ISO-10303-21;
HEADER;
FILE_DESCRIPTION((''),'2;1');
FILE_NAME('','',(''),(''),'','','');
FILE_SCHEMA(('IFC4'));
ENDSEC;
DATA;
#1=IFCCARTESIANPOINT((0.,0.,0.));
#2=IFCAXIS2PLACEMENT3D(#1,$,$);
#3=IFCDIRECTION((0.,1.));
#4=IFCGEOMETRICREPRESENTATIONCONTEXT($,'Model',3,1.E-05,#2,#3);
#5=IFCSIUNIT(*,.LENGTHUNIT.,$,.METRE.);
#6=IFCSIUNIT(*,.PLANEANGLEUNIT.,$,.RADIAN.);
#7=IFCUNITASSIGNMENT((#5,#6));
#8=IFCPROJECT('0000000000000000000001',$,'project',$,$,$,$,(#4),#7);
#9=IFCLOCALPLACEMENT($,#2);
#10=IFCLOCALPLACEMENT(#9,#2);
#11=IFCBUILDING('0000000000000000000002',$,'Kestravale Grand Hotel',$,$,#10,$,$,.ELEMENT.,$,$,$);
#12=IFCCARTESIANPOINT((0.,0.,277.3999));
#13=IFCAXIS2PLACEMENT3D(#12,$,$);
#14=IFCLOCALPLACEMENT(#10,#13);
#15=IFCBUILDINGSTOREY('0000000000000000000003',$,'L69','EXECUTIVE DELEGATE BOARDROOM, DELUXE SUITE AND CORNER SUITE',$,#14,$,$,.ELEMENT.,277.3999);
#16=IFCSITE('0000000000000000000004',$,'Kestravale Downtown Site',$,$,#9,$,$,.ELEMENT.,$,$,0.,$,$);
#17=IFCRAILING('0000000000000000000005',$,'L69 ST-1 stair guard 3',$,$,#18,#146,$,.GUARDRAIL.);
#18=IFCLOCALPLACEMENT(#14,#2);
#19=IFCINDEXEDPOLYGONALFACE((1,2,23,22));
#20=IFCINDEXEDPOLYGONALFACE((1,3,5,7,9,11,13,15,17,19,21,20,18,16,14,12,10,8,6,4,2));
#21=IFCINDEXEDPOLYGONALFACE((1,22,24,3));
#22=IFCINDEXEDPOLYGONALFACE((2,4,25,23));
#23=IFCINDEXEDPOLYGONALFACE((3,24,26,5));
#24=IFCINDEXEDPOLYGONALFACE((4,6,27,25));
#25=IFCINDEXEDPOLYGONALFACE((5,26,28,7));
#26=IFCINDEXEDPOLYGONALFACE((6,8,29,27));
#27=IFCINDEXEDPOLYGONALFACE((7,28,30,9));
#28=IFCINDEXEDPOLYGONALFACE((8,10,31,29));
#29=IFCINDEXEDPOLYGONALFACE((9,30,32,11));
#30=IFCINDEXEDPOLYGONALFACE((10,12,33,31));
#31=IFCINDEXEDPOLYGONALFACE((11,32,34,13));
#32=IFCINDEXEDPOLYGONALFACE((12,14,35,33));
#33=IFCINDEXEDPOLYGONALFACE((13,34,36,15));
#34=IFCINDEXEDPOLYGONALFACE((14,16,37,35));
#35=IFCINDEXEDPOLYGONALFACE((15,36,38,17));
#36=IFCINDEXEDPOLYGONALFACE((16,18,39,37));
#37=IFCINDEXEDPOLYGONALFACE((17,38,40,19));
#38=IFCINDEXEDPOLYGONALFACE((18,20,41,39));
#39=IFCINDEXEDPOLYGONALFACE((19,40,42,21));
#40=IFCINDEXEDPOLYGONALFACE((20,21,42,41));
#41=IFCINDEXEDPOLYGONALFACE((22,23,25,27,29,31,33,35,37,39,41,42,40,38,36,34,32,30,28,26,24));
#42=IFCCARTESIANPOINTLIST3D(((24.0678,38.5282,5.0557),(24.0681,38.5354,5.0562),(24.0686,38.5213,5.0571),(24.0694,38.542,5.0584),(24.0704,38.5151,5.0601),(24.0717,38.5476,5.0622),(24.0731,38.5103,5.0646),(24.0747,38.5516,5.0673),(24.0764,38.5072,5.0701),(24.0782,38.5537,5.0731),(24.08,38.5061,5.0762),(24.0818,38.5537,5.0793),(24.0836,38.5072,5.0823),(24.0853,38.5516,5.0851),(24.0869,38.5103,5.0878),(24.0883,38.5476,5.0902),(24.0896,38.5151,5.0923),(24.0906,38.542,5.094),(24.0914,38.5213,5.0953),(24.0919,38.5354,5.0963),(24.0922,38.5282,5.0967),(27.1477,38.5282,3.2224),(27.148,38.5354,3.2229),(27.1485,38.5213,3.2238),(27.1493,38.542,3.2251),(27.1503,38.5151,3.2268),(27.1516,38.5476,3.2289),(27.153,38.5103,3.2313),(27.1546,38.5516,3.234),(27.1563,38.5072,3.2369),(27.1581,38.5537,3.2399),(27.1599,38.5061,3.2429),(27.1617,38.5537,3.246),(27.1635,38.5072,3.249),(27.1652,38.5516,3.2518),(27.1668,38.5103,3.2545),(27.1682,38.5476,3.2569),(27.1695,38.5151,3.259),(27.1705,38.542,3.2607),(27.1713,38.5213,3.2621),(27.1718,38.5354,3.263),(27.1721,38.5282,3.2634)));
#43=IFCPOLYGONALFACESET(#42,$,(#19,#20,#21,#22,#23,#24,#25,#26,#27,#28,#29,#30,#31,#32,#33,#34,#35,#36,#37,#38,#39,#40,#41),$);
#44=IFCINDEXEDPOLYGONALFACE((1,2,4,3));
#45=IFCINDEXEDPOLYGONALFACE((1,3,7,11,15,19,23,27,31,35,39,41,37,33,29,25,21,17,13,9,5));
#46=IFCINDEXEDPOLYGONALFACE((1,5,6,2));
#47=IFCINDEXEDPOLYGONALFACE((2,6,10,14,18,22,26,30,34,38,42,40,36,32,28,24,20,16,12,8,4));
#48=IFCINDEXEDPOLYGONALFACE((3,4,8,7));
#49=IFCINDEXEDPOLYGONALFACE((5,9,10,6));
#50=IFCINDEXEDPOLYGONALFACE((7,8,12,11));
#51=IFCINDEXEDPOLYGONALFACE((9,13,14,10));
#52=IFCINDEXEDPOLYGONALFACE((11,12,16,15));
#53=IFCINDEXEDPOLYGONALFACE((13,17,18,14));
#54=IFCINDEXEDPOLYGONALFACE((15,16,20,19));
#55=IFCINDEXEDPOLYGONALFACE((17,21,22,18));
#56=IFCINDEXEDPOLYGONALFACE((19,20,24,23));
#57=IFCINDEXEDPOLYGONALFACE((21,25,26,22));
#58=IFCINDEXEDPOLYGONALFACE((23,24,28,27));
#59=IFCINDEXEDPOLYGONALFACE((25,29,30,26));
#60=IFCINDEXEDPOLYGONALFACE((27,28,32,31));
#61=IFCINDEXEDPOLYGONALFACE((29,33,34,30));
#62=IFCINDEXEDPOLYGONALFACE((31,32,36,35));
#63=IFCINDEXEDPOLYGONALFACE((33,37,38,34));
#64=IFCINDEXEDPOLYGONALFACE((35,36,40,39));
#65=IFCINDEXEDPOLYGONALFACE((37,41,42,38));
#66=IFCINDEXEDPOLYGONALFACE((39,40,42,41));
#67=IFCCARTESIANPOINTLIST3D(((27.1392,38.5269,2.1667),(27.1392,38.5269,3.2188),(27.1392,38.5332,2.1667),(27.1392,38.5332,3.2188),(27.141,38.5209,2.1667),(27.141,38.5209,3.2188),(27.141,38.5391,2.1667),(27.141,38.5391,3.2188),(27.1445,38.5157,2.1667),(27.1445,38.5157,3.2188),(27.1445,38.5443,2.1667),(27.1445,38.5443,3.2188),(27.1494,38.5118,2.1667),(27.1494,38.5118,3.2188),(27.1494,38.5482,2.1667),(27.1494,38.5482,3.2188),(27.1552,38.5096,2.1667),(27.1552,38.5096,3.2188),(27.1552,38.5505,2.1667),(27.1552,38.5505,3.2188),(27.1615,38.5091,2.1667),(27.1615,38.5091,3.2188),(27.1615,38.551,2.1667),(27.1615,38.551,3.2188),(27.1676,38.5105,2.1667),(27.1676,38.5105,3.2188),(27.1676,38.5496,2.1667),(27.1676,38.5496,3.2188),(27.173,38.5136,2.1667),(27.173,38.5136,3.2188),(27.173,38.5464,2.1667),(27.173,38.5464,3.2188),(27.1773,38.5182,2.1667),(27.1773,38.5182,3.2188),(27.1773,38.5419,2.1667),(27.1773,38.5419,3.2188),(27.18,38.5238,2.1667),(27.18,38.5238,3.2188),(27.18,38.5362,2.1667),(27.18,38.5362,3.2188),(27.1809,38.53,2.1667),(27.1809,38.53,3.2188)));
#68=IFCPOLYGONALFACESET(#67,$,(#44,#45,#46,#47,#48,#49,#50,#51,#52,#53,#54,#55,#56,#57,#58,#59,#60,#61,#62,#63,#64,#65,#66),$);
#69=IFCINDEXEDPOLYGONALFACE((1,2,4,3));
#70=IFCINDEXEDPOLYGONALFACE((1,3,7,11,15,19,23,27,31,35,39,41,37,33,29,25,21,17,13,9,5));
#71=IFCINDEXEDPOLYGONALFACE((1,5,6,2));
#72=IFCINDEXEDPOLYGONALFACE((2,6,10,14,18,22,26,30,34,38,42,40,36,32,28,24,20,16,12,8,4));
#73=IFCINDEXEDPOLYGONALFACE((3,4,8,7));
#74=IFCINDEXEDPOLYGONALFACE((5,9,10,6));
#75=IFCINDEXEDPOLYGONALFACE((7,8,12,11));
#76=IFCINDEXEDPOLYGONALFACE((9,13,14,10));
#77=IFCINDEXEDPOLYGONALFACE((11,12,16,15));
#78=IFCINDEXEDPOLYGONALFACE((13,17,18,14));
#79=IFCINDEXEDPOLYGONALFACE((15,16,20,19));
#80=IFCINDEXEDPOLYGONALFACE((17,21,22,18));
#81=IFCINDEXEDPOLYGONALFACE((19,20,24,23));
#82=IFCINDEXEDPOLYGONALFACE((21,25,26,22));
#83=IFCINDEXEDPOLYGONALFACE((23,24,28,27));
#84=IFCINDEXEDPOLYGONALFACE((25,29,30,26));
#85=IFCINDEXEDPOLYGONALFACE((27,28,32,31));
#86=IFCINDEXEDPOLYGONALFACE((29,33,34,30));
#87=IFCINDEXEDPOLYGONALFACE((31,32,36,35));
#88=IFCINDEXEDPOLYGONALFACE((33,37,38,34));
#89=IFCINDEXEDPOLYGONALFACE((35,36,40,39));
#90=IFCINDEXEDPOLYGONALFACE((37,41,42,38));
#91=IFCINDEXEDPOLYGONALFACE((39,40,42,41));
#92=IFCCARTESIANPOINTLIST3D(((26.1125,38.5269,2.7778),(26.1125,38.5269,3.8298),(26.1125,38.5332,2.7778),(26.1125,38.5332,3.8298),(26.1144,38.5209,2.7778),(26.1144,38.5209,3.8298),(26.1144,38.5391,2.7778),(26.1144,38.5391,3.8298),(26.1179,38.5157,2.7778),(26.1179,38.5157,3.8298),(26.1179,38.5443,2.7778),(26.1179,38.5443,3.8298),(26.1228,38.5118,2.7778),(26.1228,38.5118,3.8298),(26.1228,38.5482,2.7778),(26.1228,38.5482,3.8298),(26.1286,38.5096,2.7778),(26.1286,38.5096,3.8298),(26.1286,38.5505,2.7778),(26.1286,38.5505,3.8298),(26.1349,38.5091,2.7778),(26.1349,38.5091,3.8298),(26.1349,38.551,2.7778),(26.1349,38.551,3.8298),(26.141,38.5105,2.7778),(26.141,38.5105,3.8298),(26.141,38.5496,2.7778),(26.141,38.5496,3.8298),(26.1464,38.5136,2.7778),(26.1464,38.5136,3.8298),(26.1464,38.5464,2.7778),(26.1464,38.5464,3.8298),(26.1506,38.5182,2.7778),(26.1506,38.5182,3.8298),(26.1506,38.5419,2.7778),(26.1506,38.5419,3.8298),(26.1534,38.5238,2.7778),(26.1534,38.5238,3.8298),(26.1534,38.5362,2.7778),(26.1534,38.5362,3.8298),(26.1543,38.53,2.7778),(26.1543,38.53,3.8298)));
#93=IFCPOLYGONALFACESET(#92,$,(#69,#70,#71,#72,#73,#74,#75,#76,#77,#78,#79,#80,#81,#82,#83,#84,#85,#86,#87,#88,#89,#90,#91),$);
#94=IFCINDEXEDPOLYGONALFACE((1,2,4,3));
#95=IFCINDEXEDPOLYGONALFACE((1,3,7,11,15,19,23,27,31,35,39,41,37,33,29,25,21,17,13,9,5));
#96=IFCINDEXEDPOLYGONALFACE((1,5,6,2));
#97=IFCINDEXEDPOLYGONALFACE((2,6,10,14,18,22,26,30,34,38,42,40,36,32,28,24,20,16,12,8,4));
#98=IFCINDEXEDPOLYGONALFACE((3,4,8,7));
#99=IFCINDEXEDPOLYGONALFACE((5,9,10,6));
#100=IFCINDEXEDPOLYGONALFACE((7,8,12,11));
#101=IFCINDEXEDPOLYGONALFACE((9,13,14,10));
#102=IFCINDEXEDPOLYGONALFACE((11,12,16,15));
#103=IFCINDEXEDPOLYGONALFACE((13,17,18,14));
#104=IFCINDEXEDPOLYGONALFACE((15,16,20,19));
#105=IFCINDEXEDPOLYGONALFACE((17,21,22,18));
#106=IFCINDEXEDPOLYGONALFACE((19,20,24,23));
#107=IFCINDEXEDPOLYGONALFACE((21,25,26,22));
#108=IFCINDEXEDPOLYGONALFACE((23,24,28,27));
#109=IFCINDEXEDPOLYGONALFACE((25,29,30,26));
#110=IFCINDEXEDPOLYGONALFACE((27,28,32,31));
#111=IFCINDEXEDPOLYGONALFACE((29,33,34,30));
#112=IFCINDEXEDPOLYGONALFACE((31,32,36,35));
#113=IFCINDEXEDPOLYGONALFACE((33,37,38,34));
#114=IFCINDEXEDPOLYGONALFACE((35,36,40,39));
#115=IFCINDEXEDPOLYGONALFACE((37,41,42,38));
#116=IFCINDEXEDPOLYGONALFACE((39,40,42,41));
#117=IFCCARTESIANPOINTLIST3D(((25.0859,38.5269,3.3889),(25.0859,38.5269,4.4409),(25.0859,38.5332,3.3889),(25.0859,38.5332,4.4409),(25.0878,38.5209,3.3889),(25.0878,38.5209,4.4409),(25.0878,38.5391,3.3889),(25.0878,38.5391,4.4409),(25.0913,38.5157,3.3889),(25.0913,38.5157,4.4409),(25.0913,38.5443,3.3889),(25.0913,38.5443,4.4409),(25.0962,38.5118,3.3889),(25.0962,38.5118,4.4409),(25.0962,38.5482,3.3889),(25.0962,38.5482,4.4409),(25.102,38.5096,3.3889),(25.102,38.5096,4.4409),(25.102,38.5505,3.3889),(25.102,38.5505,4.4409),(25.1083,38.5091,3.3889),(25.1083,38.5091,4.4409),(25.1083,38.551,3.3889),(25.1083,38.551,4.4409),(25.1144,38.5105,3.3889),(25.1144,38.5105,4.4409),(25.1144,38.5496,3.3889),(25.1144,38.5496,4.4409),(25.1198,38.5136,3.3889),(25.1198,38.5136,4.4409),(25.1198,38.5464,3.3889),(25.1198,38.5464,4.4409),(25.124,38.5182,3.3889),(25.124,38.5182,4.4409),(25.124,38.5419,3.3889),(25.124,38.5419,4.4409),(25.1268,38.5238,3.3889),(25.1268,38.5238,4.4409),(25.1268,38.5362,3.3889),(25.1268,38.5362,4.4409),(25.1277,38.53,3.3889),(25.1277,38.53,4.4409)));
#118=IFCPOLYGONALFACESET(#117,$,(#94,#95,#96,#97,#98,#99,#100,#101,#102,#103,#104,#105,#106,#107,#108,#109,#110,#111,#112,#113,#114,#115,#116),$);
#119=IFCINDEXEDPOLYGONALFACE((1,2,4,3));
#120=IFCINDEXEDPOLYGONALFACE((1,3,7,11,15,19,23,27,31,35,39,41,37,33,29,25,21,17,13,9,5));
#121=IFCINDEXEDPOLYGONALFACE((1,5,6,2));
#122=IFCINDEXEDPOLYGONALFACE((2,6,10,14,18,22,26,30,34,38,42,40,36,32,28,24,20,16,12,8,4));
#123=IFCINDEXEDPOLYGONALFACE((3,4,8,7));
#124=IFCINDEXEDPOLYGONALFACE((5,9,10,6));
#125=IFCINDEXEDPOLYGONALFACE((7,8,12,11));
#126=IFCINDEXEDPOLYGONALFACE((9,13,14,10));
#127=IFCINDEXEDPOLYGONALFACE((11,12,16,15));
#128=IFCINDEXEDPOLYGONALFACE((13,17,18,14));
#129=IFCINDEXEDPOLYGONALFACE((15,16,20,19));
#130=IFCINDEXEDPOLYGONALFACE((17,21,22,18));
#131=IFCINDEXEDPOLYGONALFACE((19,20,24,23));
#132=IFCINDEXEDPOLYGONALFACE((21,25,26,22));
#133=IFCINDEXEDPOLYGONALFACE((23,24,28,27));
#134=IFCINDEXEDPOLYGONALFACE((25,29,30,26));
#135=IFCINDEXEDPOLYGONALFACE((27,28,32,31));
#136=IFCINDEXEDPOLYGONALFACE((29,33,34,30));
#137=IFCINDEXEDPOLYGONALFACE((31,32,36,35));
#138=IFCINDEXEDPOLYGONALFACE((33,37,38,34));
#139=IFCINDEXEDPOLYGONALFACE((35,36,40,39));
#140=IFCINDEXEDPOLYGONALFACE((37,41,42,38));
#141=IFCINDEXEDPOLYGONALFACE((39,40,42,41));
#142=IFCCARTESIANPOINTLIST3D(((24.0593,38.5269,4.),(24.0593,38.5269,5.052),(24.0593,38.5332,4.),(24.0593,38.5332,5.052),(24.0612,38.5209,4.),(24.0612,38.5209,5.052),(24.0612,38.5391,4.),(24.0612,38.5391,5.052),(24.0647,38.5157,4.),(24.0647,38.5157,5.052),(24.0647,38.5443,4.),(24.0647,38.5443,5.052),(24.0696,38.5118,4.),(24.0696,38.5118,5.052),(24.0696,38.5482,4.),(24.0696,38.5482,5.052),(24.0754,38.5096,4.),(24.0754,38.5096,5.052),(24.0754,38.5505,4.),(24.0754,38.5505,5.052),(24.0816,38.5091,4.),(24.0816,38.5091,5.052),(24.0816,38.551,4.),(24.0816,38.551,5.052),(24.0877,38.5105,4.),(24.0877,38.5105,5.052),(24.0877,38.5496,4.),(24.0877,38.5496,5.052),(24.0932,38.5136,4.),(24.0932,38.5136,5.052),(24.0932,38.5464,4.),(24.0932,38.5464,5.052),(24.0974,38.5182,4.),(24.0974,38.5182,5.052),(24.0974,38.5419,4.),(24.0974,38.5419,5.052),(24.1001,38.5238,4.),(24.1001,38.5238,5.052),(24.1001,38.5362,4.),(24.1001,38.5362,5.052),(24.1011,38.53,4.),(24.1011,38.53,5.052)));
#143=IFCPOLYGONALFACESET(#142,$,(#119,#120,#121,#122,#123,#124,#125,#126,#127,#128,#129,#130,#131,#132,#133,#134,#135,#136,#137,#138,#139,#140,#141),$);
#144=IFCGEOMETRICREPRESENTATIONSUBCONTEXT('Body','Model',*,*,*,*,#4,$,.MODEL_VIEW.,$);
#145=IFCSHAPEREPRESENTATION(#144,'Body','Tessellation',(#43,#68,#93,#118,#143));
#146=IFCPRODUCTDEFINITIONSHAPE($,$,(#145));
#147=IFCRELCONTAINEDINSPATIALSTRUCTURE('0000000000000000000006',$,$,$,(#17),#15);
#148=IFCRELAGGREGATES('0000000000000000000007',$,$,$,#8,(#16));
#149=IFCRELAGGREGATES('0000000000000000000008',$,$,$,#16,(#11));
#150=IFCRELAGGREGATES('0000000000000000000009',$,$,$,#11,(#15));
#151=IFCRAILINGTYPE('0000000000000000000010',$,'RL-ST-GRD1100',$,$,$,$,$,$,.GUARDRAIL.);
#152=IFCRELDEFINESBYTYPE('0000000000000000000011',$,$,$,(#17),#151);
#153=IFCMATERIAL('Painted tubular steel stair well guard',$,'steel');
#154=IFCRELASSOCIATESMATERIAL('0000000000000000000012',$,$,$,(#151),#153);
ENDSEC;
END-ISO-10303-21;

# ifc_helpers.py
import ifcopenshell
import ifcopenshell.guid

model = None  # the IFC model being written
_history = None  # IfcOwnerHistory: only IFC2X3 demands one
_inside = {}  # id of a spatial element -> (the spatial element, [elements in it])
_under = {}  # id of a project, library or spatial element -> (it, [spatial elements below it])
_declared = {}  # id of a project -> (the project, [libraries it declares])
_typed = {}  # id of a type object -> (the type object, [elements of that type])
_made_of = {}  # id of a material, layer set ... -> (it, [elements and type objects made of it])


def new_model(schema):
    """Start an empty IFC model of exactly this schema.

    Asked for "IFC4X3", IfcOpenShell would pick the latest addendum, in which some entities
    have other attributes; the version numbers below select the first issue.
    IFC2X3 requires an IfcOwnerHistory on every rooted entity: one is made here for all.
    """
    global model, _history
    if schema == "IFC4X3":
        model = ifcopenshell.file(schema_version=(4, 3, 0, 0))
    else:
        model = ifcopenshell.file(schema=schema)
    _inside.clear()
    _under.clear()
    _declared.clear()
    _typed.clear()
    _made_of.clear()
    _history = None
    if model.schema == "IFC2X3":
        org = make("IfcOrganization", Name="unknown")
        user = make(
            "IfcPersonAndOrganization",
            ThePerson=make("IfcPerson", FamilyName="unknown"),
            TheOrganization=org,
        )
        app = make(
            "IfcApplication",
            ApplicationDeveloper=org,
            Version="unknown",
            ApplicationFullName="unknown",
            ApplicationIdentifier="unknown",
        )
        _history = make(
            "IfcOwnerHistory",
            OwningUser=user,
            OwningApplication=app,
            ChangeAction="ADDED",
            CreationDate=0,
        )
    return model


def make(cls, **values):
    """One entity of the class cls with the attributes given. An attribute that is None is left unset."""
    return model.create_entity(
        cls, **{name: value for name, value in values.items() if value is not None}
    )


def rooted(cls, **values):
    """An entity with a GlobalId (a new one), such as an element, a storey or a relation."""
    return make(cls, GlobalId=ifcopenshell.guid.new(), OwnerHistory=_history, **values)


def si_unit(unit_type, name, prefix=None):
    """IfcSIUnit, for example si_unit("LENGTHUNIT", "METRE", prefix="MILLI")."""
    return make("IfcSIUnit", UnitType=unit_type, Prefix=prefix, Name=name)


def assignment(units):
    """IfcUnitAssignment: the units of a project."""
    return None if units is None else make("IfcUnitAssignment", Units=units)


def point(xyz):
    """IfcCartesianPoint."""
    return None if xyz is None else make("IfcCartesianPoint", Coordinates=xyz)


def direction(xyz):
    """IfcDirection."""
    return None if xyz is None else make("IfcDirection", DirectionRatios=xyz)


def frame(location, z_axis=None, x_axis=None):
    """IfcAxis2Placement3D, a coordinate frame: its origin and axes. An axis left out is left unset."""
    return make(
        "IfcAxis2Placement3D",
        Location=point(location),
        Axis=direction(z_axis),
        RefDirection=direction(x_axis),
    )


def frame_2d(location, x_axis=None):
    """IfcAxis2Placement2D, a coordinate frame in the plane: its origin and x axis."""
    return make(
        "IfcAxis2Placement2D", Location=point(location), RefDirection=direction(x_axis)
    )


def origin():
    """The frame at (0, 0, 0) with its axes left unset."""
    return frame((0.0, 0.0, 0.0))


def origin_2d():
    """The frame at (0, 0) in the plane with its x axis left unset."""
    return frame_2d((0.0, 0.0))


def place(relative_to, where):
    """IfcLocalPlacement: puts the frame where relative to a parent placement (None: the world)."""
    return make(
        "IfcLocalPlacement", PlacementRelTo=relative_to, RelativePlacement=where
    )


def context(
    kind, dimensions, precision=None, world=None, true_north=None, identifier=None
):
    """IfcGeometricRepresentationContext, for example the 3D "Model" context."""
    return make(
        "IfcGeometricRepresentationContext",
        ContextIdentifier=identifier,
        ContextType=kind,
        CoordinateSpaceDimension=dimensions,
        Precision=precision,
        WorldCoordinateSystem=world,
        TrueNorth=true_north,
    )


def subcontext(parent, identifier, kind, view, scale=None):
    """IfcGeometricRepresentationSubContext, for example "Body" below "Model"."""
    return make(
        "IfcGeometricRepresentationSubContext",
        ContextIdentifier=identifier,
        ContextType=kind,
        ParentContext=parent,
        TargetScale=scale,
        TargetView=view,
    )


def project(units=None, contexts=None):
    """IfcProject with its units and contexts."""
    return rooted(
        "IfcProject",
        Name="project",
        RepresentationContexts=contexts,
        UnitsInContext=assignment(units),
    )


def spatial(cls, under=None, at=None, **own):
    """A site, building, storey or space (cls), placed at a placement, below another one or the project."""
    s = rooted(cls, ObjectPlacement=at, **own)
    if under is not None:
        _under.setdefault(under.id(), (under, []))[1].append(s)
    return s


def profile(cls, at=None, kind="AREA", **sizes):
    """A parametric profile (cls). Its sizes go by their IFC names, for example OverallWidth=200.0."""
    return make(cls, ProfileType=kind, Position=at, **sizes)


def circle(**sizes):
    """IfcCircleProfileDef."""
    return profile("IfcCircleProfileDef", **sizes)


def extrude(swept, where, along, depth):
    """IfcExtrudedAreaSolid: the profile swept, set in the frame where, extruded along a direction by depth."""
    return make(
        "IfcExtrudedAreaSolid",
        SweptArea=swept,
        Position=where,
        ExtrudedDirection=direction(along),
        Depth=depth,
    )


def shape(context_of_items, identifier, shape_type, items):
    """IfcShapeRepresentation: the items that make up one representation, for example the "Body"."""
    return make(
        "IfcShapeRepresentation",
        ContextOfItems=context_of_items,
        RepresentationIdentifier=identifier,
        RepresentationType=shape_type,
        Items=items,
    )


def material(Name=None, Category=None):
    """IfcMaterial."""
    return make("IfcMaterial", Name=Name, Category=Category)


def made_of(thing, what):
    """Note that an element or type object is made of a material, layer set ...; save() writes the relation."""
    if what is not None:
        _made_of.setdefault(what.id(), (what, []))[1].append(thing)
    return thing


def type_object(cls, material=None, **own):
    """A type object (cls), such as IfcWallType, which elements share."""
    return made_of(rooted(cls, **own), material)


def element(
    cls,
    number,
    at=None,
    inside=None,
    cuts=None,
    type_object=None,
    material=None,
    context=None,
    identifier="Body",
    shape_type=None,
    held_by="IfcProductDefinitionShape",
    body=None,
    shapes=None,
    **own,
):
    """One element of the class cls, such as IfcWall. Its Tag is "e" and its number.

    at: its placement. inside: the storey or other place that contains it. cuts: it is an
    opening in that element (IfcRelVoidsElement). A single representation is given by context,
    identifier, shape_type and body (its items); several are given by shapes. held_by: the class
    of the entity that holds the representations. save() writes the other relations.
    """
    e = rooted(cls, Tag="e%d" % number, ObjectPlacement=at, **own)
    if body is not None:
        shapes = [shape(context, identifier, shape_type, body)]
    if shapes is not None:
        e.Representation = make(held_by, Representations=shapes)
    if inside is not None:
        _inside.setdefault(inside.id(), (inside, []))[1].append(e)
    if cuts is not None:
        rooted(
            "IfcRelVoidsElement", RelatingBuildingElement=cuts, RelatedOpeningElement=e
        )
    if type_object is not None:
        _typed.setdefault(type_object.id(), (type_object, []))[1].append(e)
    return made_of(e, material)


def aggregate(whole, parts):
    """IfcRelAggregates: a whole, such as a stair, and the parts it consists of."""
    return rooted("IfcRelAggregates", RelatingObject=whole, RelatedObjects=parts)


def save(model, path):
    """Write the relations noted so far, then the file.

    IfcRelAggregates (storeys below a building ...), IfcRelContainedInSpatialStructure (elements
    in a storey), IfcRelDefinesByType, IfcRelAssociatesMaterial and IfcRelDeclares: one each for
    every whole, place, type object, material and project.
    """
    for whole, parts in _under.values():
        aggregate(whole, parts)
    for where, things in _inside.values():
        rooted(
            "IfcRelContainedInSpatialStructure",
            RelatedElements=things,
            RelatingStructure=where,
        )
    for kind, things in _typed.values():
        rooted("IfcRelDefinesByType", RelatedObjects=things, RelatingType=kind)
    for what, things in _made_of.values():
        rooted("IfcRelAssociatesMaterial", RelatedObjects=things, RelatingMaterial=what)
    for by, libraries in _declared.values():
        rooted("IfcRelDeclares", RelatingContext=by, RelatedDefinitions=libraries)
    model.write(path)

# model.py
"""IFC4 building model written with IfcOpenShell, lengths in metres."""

from ifc_helpers import new_model, si_unit, direction, frame, origin, origin_2d, place, context, subcontext, project, spatial, circle, extrude, material, type_object, element, save


model = new_model("IFC4")

# Units and contexts
model_context = context("Model", 3, precision=1e-05, world=origin(), true_north=direction((0.0, 1.0)))
body_context = subcontext(model_context, "Body", "Model", "MODEL_VIEW")
ifc_project = project(units=[si_unit("LENGTHUNIT", "METRE"), si_unit("PLANEANGLEUNIT", "RADIAN")], contexts=[model_context])

# Site, building, storey
site_placement = place(None, origin())
site = spatial("IfcSite", under=ifc_project, at=site_placement, Name="Kestravale Downtown Site", CompositionType="ELEMENT", RefElevation=0.0)
building_placement = place(site_placement, origin())
building = spatial("IfcBuilding", under=site, at=building_placement, Name="Kestravale Grand Hotel", CompositionType="ELEMENT")
storey_placement = place(building_placement, frame((0.0, 0.0, 277.3999)))
storey = spatial("IfcBuildingStorey", under=building, at=storey_placement, Name="L69", Description="EXECUTIVE DELEGATE BOARDROOM, DELUXE SUITE AND CORNER SUITE", CompositionType="ELEMENT", Elevation=277.3999)

# Railing
ifc_material_1 = material(Name="Painted tubular steel stair well guard", Category="steel")
railing_type_1 = type_object("IfcRailingType", Name="RL-ST-GRD1100", PredefinedType="GUARDRAIL", material=ifc_material_1)
railing_1_placement = place(storey_placement, frame((27.1599, 38.53, 2.1667)))
element("IfcRailing", 1, at=railing_1_placement, inside=storey, type_object=railing_type_1, Name="L69 ST-1 stair guard 3", PredefinedType="GUARDRAIL", context=body_context, shape_type="SweptSolid", body=[
    extrude(circle(Radius=0.0239, at=origin_2d()), frame((0.0, 0.0, 1.0762), z_axis=(-0.859291, 0.0, 0.511487), x_axis=(0.0, -1.0, 0.0)), (0.0, 0.0, 1.0), 3.5842),
    extrude(circle(Radius=0.021, at=origin_2d()), origin(), (0.0, 0.0, 1.0), 1.052),
    extrude(circle(Radius=0.021, at=origin_2d()), frame((-1.0266, 0.0, 0.6111)), (0.0, 0.0, 1.0), 1.052),
    extrude(circle(Radius=0.021, at=origin_2d()), frame((-2.0532, 0.0, 1.2222)), (0.0, 0.0, 1.0), 1.052),
    extrude(circle(Radius=0.021, at=origin_2d()), frame((-3.0798, 0.0, 1.8333)), (0.0, 0.0, 1.0), 1.052),
])

save(model, "model.ifc")
